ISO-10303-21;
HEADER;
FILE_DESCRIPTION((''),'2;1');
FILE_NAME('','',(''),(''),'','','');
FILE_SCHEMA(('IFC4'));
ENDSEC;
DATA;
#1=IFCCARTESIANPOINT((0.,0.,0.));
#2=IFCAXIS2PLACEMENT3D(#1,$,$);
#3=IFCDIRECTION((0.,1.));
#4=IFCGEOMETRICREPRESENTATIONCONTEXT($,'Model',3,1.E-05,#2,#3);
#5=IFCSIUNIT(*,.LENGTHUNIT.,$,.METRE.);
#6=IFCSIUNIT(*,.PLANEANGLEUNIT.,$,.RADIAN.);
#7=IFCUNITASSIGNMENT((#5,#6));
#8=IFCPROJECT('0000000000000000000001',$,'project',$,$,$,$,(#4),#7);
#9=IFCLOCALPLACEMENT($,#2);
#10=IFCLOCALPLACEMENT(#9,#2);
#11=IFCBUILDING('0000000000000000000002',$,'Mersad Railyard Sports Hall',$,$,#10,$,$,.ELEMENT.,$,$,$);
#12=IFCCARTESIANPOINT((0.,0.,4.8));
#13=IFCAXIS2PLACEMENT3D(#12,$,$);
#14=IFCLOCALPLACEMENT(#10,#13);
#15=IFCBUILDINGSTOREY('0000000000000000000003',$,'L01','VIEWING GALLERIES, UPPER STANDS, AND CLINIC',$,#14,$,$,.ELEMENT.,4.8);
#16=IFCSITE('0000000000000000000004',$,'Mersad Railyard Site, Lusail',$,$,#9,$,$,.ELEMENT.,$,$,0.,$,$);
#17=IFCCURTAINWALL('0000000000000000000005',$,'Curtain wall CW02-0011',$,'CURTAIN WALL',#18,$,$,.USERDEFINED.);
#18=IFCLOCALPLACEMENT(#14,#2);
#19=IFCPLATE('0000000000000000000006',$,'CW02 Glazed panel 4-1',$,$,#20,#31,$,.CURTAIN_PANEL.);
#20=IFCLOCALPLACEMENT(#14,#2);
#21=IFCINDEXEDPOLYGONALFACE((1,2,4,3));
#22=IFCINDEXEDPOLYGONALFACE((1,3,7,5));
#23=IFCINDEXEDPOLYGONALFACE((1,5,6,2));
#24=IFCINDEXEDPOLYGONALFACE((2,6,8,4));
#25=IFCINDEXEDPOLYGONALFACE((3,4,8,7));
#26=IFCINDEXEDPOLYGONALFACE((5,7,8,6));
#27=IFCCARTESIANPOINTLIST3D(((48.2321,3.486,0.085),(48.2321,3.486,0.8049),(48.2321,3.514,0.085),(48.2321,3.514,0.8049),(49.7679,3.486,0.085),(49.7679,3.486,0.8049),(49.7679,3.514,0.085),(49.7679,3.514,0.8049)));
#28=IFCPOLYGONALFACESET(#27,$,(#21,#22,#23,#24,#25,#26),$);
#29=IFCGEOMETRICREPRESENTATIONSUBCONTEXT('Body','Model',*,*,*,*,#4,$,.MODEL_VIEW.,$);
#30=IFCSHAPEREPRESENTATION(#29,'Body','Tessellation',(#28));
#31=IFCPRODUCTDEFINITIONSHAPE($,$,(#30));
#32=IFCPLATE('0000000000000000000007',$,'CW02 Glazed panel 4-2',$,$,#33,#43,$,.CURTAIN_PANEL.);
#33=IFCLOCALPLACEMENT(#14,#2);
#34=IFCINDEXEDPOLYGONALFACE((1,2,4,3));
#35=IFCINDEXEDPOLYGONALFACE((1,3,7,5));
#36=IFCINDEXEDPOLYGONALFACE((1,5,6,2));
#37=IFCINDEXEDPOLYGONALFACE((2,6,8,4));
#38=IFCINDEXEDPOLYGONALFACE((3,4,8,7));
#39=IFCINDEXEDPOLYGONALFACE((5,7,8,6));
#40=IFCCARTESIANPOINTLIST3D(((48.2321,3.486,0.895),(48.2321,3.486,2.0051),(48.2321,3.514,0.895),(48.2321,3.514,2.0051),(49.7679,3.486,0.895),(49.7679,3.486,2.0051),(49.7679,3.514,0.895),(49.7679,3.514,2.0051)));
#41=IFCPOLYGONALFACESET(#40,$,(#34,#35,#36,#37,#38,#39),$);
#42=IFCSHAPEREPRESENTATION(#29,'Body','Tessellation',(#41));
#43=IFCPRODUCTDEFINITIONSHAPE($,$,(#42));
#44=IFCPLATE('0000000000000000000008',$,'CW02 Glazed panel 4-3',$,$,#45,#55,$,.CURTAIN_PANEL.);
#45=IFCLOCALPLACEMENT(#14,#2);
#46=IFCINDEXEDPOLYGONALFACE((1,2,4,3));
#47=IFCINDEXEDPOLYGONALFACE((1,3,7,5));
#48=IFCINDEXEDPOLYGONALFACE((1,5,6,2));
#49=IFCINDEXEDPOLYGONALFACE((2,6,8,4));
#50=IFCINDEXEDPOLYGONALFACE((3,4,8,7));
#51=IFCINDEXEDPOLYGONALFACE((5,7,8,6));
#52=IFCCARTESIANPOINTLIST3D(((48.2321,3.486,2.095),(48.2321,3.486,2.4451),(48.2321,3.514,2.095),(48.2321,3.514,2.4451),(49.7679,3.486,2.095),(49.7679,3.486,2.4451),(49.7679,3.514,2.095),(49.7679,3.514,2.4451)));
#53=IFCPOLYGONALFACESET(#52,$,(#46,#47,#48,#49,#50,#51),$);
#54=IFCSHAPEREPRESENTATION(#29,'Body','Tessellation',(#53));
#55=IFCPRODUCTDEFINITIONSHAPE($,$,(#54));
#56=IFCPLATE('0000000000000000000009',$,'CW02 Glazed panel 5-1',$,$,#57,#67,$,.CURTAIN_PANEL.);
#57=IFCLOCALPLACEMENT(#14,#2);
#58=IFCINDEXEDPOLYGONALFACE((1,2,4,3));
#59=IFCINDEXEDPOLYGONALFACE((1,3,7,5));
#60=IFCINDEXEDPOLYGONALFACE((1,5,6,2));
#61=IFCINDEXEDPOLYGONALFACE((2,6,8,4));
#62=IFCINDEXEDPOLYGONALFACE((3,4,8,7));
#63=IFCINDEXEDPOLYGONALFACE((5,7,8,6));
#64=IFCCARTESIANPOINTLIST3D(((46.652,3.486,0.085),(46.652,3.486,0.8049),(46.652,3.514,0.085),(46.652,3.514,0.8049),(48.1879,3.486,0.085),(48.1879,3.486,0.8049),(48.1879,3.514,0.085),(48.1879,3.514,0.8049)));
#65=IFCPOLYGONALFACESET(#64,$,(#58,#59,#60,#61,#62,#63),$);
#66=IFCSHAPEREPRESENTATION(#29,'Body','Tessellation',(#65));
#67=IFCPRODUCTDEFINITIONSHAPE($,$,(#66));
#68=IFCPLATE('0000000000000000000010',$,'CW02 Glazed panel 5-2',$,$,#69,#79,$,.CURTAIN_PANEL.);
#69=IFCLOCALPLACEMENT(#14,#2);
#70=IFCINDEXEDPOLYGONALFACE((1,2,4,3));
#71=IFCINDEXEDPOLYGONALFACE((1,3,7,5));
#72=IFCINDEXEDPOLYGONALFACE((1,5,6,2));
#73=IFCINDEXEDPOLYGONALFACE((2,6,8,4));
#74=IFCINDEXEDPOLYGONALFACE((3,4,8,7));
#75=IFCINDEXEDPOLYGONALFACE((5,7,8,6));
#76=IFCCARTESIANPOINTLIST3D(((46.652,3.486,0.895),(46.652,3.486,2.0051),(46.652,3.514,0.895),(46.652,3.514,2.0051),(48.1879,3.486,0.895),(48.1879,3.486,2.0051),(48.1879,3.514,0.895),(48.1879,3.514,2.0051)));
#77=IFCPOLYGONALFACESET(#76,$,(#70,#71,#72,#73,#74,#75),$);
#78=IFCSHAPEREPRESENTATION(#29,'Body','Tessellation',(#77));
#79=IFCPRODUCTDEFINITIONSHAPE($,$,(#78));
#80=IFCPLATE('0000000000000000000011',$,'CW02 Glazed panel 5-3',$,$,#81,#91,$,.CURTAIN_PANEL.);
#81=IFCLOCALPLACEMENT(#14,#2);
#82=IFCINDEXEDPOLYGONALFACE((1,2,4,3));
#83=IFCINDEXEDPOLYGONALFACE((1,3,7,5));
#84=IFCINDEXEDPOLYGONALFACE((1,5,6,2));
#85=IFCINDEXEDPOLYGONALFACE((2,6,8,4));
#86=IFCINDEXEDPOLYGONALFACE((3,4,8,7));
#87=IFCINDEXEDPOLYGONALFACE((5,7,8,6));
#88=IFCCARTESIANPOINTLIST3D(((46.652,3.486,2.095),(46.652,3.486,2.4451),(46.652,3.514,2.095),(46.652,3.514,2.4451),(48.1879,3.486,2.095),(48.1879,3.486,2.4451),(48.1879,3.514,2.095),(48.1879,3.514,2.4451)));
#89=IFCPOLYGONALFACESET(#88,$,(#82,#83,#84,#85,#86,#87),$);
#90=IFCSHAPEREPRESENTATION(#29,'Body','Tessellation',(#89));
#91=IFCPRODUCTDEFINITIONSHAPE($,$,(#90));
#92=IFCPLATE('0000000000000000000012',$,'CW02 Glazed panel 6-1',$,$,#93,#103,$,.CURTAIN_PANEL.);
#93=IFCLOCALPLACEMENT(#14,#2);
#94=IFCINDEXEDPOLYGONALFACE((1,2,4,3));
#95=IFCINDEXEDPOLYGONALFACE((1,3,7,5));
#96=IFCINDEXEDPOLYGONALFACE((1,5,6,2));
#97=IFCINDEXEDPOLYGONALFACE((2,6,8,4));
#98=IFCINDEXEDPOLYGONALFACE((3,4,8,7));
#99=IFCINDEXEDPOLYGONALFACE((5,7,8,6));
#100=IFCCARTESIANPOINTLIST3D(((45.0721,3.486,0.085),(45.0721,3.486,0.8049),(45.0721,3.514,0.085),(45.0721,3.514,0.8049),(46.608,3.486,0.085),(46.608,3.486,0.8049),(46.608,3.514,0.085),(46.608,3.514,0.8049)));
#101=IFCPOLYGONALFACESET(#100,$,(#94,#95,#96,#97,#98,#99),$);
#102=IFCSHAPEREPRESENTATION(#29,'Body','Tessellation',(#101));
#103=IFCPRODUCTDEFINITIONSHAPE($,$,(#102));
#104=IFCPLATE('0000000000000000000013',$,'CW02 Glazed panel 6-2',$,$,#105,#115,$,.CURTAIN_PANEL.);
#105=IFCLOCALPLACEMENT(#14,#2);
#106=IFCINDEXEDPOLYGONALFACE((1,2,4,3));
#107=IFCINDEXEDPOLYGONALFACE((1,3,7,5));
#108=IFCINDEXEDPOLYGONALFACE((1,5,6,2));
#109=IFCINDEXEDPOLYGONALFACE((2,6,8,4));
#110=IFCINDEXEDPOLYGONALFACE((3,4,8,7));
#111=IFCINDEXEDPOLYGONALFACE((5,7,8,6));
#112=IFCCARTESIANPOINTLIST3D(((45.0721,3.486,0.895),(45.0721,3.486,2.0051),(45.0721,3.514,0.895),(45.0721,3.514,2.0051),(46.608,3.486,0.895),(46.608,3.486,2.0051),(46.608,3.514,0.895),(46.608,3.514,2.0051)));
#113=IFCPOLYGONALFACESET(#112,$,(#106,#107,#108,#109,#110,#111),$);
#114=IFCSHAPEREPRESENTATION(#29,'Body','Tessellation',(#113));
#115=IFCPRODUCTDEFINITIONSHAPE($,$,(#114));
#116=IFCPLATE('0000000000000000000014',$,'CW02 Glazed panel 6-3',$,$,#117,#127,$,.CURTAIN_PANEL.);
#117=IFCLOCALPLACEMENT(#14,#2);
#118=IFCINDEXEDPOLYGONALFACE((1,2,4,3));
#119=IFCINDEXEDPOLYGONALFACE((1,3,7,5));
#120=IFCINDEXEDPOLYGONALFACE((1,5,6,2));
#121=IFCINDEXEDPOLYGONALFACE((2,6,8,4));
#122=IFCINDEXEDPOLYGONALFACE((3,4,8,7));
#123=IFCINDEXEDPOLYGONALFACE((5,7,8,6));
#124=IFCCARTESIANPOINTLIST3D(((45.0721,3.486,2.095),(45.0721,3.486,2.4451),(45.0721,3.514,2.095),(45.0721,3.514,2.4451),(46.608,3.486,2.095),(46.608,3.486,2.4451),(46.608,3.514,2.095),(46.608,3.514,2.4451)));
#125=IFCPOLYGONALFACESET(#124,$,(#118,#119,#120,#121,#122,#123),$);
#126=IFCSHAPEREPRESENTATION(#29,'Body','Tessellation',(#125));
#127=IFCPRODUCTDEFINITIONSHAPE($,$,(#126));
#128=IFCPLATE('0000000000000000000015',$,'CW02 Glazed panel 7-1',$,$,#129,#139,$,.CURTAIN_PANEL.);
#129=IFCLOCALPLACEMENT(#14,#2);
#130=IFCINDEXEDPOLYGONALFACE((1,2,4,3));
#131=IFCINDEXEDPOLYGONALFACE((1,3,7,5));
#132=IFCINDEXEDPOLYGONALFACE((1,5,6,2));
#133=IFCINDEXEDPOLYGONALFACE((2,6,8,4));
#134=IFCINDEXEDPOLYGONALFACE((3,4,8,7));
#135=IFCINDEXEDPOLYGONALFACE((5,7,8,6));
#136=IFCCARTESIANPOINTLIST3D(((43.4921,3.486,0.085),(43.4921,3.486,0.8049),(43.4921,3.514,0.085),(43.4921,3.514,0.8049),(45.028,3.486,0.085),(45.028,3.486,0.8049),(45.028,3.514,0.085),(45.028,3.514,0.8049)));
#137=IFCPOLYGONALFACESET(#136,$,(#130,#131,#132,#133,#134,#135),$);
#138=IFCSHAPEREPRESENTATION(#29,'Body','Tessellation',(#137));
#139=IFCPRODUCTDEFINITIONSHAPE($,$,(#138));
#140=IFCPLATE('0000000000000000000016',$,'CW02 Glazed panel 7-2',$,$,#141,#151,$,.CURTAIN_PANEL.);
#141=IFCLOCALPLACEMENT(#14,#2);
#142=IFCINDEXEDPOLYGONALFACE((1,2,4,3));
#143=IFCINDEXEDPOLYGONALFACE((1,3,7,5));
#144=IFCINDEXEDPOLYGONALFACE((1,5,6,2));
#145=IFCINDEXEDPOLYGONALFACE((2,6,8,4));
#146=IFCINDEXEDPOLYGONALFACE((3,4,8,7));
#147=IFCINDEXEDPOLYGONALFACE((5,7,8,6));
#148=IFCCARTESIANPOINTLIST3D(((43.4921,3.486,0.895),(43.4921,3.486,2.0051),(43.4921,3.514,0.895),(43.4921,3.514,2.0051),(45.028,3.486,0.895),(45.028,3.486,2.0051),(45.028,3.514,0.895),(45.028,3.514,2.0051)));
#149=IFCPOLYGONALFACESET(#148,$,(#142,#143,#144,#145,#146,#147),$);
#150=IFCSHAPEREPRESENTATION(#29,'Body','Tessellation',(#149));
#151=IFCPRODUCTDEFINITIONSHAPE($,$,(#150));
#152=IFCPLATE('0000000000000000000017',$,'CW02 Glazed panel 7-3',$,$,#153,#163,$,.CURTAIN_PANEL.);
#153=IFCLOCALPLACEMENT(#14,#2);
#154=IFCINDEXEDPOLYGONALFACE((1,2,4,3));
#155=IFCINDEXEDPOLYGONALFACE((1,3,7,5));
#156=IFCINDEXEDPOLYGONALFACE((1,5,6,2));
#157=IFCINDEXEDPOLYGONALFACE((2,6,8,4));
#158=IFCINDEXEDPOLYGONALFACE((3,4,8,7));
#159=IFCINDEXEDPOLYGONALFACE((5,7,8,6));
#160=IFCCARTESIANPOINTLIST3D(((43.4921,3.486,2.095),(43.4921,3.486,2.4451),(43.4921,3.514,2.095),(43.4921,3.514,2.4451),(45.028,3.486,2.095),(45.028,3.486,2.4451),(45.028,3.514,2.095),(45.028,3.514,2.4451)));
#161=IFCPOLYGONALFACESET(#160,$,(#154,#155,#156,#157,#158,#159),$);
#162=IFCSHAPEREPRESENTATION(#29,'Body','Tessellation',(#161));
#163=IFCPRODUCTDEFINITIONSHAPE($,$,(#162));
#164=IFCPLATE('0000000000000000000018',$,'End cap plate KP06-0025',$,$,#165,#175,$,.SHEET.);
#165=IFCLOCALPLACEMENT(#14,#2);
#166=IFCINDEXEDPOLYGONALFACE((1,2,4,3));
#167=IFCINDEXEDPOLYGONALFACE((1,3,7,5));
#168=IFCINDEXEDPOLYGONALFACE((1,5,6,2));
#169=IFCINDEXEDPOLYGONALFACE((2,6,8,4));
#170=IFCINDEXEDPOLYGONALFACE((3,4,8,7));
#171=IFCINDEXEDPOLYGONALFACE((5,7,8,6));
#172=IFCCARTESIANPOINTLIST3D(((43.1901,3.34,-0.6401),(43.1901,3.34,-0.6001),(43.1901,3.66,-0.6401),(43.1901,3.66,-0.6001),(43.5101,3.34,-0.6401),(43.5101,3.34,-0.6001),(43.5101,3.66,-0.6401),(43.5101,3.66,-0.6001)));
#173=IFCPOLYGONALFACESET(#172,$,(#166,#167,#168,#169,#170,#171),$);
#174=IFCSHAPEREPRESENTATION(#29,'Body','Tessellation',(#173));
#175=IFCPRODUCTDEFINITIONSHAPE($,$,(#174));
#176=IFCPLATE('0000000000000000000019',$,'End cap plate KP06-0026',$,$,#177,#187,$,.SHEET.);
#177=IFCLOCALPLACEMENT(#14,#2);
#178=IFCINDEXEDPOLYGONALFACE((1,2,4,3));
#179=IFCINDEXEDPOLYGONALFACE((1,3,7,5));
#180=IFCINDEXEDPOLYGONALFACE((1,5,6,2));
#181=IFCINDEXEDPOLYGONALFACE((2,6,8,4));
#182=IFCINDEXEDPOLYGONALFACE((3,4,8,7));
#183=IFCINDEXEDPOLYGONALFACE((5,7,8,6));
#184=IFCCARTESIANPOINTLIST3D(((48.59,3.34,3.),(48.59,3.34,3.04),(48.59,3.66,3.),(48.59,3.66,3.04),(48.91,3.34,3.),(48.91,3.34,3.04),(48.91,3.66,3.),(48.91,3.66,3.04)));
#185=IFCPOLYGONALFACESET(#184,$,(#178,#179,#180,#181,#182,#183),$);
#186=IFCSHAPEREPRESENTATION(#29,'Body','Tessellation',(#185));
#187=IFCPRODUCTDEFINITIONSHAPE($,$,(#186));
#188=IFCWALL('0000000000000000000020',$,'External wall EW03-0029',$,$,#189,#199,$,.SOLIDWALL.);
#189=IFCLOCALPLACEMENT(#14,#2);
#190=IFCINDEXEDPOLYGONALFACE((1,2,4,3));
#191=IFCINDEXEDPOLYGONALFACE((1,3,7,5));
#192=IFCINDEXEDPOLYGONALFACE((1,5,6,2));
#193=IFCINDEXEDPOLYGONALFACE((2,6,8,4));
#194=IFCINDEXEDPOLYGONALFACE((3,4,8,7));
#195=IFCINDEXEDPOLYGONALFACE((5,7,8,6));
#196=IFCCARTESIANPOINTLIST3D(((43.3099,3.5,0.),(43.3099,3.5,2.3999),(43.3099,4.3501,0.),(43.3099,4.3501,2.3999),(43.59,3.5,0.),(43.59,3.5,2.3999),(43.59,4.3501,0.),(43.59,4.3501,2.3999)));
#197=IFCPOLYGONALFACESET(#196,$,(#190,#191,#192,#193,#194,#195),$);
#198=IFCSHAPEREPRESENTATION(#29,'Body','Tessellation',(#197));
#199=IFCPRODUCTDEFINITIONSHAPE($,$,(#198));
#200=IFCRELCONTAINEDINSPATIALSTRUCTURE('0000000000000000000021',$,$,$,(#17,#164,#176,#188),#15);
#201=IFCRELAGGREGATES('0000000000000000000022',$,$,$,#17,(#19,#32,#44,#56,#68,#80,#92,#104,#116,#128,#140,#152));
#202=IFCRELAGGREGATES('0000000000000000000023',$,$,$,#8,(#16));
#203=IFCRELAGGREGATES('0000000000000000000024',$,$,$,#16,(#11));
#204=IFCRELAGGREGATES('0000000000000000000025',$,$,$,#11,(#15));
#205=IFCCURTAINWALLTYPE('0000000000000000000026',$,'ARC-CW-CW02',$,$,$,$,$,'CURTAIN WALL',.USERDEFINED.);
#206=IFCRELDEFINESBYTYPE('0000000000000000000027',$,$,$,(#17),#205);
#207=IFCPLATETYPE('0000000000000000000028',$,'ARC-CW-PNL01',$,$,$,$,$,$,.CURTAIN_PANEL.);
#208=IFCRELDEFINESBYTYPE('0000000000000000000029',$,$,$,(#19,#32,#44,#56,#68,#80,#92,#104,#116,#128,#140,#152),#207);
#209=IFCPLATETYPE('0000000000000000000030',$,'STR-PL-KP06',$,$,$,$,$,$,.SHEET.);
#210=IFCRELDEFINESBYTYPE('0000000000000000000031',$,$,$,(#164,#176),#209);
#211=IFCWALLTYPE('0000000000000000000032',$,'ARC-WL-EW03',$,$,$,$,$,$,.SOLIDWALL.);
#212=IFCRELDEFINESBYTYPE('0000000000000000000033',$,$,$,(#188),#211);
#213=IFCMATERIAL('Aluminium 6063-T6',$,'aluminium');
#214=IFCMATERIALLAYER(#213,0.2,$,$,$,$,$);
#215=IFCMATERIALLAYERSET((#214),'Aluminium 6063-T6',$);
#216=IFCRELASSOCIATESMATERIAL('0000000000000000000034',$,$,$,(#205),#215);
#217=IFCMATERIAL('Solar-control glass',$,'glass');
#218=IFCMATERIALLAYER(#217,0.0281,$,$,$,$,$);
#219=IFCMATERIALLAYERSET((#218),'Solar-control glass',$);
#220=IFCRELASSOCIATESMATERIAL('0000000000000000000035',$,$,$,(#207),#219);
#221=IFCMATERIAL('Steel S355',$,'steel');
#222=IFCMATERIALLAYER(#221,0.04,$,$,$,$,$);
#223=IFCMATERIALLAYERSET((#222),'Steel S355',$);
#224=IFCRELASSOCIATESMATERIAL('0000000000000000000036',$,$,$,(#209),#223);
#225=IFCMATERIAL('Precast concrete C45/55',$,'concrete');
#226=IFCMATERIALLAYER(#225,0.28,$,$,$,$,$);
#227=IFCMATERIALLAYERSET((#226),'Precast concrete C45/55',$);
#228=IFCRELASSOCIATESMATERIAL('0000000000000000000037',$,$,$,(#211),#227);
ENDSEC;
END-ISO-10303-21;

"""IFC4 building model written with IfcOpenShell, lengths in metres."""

from ifc_helpers import new_model, si_unit, direction, frame, frame_2d, origin, origin_2d, place, context, subcontext, project, spatial, rectangle, extrude, material, layer, layer_set, type_object, element, aggregate, save


model = new_model("IFC4")

# Units and contexts
model_context = context("Model", 3, precision=1e-05, world=origin(), true_north=direction((0.0, 1.0)))
body_context = subcontext(model_context, "Body", "Model", "MODEL_VIEW")
ifc_project = project(units=[si_unit("LENGTHUNIT", "METRE"), si_unit("PLANEANGLEUNIT", "RADIAN")], contexts=[model_context])

# Site, building, storey
site_placement = place(None, origin())
site = spatial("IfcSite", under=ifc_project, at=site_placement, Name="Mersad Railyard Site, Lusail", CompositionType="ELEMENT", RefElevation=0.0)
building_placement = place(site_placement, origin())
building = spatial("IfcBuilding", under=site, at=building_placement, Name="Mersad Railyard Sports Hall", CompositionType="ELEMENT")
storey_placement = place(building_placement, frame((0.0, 0.0, 4.8)))
storey = spatial("IfcBuildingStorey", under=building, at=storey_placement, Name="L01", Description="VIEWING GALLERIES, UPPER STANDS, AND CLINIC", CompositionType="ELEMENT", Elevation=4.8)

# Curtain wall
ifc_material_1 = material(Name="Aluminium 6063-T6", Category="aluminium")
ifc_layer_1 = layer(ifc_material_1, 0.2)
ifc_layer_set_1 = layer_set([ifc_layer_1], Name="Aluminium 6063-T6")
curtain_wall_type = type_object("IfcCurtainWallType", Name="ARC-CW-CW02", ElementType="CURTAIN WALL", PredefinedType="USERDEFINED", material=ifc_layer_set_1)
curtain_wall_placement = place(storey_placement, origin())
curtain_wall = element("IfcCurtainWall", 1, at=curtain_wall_placement, inside=storey, type_object=curtain_wall_type, Name="Curtain wall CW02-0011", ObjectType="CURTAIN WALL", PredefinedType="USERDEFINED")

# Shared definitions
ifc_material_2 = material(Name="Steel S355", Category="steel")

# Plates
ifc_material_3 = material(Name="Solar-control glass", Category="glass")
ifc_layer_2 = layer(ifc_material_3, 0.0281)
ifc_layer_set_2 = layer_set([ifc_layer_2], Name="Solar-control glass")
plate_type_1 = type_object("IfcPlateType", Name="ARC-CW-PNL01", PredefinedType="CURTAIN_PANEL", material=ifc_layer_set_2)
plate_1_placement = place(storey_placement, frame((49.0, 3.5, 0.085), z_axis=(0.0, 0.0, 1.0), x_axis=(-1.0, 0.0, 0.0)))
plate_1 = element("IfcPlate", 2, at=plate_1_placement, type_object=plate_type_1, Name="CW02 Glazed panel 4-1", PredefinedType="CURTAIN_PANEL", context=body_context, shape_type="SweptSolid", body=[
    extrude(rectangle(XDim=1.5359, YDim=0.0281, at=origin_2d()), origin(), (0.0, 0.0, 1.0), 0.72),
])
plate_2_placement = place(storey_placement, frame((49.0, 3.5, 0.895), z_axis=(0.0, 0.0, 1.0), x_axis=(-1.0, 0.0, 0.0)))
plate_2 = element("IfcPlate", 3, at=plate_2_placement, type_object=plate_type_1, Name="CW02 Glazed panel 4-2", PredefinedType="CURTAIN_PANEL", context=body_context, shape_type="SweptSolid", body=[
    extrude(rectangle(XDim=1.5359, YDim=0.0281, at=origin_2d()), origin(), (0.0, 0.0, 1.0), 1.1101),
])
plate_3_placement = place(storey_placement, frame((49.0, 3.5, 2.095), z_axis=(0.0, 0.0, 1.0), x_axis=(-1.0, 0.0, 0.0)))
plate_3 = element("IfcPlate", 4, at=plate_3_placement, type_object=plate_type_1, Name="CW02 Glazed panel 4-3", PredefinedType="CURTAIN_PANEL", context=body_context, shape_type="SweptSolid", body=[
    extrude(rectangle(XDim=1.5359, YDim=0.0281, at=origin_2d()), origin(), (0.0, 0.0, 1.0), 0.3501),
])
plate_4_placement = place(storey_placement, frame((47.4199, 3.5, 0.085), z_axis=(0.0, 0.0, 1.0), x_axis=(-1.0, 0.0, 0.0)))
plate_4 = element("IfcPlate", 5, at=plate_4_placement, type_object=plate_type_1, Name="CW02 Glazed panel 5-1", PredefinedType="CURTAIN_PANEL", context=body_context, shape_type="SweptSolid", body=[
    extrude(rectangle(XDim=1.5359, YDim=0.0281, at=origin_2d()), origin(), (0.0, 0.0, 1.0), 0.72),
])
plate_5_placement = place(storey_placement, frame((47.4199, 3.5, 0.895), z_axis=(0.0, 0.0, 1.0), x_axis=(-1.0, 0.0, 0.0)))
plate_5 = element("IfcPlate", 6, at=plate_5_placement, type_object=plate_type_1, Name="CW02 Glazed panel 5-2", PredefinedType="CURTAIN_PANEL", context=body_context, shape_type="SweptSolid", body=[
    extrude(rectangle(XDim=1.5359, YDim=0.0281, at=origin_2d()), origin(), (0.0, 0.0, 1.0), 1.1101),
])
plate_6_placement = place(storey_placement, frame((47.4199, 3.5, 2.095), z_axis=(0.0, 0.0, 1.0), x_axis=(-1.0, 0.0, 0.0)))
plate_6 = element("IfcPlate", 7, at=plate_6_placement, type_object=plate_type_1, Name="CW02 Glazed panel 5-3", PredefinedType="CURTAIN_PANEL", context=body_context, shape_type="SweptSolid", body=[
    extrude(rectangle(XDim=1.5359, YDim=0.0281, at=origin_2d()), origin(), (0.0, 0.0, 1.0), 0.3501),
])
plate_7_placement = place(storey_placement, frame((45.8401, 3.5, 0.085), z_axis=(0.0, 0.0, 1.0), x_axis=(-1.0, 0.0, 0.0)))
plate_7 = element("IfcPlate", 8, at=plate_7_placement, type_object=plate_type_1, Name="CW02 Glazed panel 6-1", PredefinedType="CURTAIN_PANEL", context=body_context, shape_type="SweptSolid", body=[
    extrude(rectangle(XDim=1.5359, YDim=0.0281, at=origin_2d()), origin(), (0.0, 0.0, 1.0), 0.72),
])
plate_8_placement = place(storey_placement, frame((45.8401, 3.5, 0.895), z_axis=(0.0, 0.0, 1.0), x_axis=(-1.0, 0.0, 0.0)))
plate_8 = element("IfcPlate", 9, at=plate_8_placement, type_object=plate_type_1, Name="CW02 Glazed panel 6-2", PredefinedType="CURTAIN_PANEL", context=body_context, shape_type="SweptSolid", body=[
    extrude(rectangle(XDim=1.5359, YDim=0.0281, at=origin_2d()), origin(), (0.0, 0.0, 1.0), 1.1101),
])
plate_9_placement = place(storey_placement, frame((45.8401, 3.5, 2.095), z_axis=(0.0, 0.0, 1.0), x_axis=(-1.0, 0.0, 0.0)))
plate_9 = element("IfcPlate", 10, at=plate_9_placement, type_object=plate_type_1, Name="CW02 Glazed panel 6-3", PredefinedType="CURTAIN_PANEL", context=body_context, shape_type="SweptSolid", body=[
    extrude(rectangle(XDim=1.5359, YDim=0.0281, at=origin_2d()), origin(), (0.0, 0.0, 1.0), 0.3501),
])
plate_10_placement = place(storey_placement, frame((44.26, 3.5, 0.085), z_axis=(0.0, 0.0, 1.0), x_axis=(-1.0, 0.0, 0.0)))
plate_10 = element("IfcPlate", 11, at=plate_10_placement, type_object=plate_type_1, Name="CW02 Glazed panel 7-1", PredefinedType="CURTAIN_PANEL", context=body_context, shape_type="SweptSolid", body=[
    extrude(rectangle(XDim=1.5359, YDim=0.0281, at=origin_2d()), origin(), (0.0, 0.0, 1.0), 0.72),
])
plate_11_placement = place(storey_placement, frame((44.26, 3.5, 0.895), z_axis=(0.0, 0.0, 1.0), x_axis=(-1.0, 0.0, 0.0)))
plate_11 = element("IfcPlate", 12, at=plate_11_placement, type_object=plate_type_1, Name="CW02 Glazed panel 7-2", PredefinedType="CURTAIN_PANEL", context=body_context, shape_type="SweptSolid", body=[
    extrude(rectangle(XDim=1.5359, YDim=0.0281, at=origin_2d()), origin(), (0.0, 0.0, 1.0), 1.1101),
])
plate_12_placement = place(storey_placement, frame((44.26, 3.5, 2.095), z_axis=(0.0, 0.0, 1.0), x_axis=(-1.0, 0.0, 0.0)))
plate_12 = element("IfcPlate", 13, at=plate_12_placement, type_object=plate_type_1, Name="CW02 Glazed panel 7-3", PredefinedType="CURTAIN_PANEL", context=body_context, shape_type="SweptSolid", body=[
    extrude(rectangle(XDim=1.5359, YDim=0.0281, at=origin_2d()), origin(), (0.0, 0.0, 1.0), 0.3501),
])
aggregate(curtain_wall, [plate_1, plate_2, plate_3, plate_4, plate_5, plate_6, plate_7, plate_8, plate_9, plate_10, plate_11, plate_12])

# Plates
ifc_layer_3 = layer(ifc_material_2, 0.04)
ifc_layer_set_3 = layer_set([ifc_layer_3], Name="Steel S355")
plate_type_2 = type_object("IfcPlateType", Name="STR-PL-KP06", PredefinedType="SHEET", material=ifc_layer_set_3)
for number, where, z_axis, x_axis, name in (
    (14, (43.3501, 3.5, -0.6401), (0.0, 0.0, 1.0), (1.0, 0.0, 0.0), "End cap plate KP06-0025"),
    (15, (48.75, 3.5, 3.0), (0.0, 0.0, 1.0), (1.0, 0.0, 0.0), "End cap plate KP06-0026"),
):
    element("IfcPlate", number, at=place(storey_placement, frame(where, z_axis=z_axis, x_axis=x_axis)), inside=storey, type_object=plate_type_2, Name=name, PredefinedType="SHEET", context=body_context, shape_type="SweptSolid", body=[
        extrude(rectangle(XDim=0.3201, YDim=0.3201, at=origin_2d()), origin(), (0.0, 0.0, 1.0), 0.04),
    ])

# Wall
ifc_material_4 = material(Name="Precast concrete C45/55", Category="concrete")
ifc_layer_4 = layer(ifc_material_4, 0.28)
ifc_layer_set_4 = layer_set([ifc_layer_4], Name="Precast concrete C45/55")
wall_type = type_object("IfcWallType", Name="ARC-WL-EW03", PredefinedType="SOLIDWALL", material=ifc_layer_set_4)
wall_placement = place(storey_placement, frame((43.45, 3.5, 0.0), z_axis=(0.0, 0.0, 1.0), x_axis=(0.0, 1.0, 0.0)))
element("IfcWall", 16, at=wall_placement, inside=storey, type_object=wall_type, Name="External wall EW03-0029", PredefinedType="SOLIDWALL", context=body_context, shape_type="SweptSolid", body=[
    extrude(rectangle(XDim=0.8501, YDim=0.28, at=frame_2d((0.425, 0.0))), origin(), (0.0, 0.0, 1.0), 2.3999),
])

save(model, "model.ifc")
